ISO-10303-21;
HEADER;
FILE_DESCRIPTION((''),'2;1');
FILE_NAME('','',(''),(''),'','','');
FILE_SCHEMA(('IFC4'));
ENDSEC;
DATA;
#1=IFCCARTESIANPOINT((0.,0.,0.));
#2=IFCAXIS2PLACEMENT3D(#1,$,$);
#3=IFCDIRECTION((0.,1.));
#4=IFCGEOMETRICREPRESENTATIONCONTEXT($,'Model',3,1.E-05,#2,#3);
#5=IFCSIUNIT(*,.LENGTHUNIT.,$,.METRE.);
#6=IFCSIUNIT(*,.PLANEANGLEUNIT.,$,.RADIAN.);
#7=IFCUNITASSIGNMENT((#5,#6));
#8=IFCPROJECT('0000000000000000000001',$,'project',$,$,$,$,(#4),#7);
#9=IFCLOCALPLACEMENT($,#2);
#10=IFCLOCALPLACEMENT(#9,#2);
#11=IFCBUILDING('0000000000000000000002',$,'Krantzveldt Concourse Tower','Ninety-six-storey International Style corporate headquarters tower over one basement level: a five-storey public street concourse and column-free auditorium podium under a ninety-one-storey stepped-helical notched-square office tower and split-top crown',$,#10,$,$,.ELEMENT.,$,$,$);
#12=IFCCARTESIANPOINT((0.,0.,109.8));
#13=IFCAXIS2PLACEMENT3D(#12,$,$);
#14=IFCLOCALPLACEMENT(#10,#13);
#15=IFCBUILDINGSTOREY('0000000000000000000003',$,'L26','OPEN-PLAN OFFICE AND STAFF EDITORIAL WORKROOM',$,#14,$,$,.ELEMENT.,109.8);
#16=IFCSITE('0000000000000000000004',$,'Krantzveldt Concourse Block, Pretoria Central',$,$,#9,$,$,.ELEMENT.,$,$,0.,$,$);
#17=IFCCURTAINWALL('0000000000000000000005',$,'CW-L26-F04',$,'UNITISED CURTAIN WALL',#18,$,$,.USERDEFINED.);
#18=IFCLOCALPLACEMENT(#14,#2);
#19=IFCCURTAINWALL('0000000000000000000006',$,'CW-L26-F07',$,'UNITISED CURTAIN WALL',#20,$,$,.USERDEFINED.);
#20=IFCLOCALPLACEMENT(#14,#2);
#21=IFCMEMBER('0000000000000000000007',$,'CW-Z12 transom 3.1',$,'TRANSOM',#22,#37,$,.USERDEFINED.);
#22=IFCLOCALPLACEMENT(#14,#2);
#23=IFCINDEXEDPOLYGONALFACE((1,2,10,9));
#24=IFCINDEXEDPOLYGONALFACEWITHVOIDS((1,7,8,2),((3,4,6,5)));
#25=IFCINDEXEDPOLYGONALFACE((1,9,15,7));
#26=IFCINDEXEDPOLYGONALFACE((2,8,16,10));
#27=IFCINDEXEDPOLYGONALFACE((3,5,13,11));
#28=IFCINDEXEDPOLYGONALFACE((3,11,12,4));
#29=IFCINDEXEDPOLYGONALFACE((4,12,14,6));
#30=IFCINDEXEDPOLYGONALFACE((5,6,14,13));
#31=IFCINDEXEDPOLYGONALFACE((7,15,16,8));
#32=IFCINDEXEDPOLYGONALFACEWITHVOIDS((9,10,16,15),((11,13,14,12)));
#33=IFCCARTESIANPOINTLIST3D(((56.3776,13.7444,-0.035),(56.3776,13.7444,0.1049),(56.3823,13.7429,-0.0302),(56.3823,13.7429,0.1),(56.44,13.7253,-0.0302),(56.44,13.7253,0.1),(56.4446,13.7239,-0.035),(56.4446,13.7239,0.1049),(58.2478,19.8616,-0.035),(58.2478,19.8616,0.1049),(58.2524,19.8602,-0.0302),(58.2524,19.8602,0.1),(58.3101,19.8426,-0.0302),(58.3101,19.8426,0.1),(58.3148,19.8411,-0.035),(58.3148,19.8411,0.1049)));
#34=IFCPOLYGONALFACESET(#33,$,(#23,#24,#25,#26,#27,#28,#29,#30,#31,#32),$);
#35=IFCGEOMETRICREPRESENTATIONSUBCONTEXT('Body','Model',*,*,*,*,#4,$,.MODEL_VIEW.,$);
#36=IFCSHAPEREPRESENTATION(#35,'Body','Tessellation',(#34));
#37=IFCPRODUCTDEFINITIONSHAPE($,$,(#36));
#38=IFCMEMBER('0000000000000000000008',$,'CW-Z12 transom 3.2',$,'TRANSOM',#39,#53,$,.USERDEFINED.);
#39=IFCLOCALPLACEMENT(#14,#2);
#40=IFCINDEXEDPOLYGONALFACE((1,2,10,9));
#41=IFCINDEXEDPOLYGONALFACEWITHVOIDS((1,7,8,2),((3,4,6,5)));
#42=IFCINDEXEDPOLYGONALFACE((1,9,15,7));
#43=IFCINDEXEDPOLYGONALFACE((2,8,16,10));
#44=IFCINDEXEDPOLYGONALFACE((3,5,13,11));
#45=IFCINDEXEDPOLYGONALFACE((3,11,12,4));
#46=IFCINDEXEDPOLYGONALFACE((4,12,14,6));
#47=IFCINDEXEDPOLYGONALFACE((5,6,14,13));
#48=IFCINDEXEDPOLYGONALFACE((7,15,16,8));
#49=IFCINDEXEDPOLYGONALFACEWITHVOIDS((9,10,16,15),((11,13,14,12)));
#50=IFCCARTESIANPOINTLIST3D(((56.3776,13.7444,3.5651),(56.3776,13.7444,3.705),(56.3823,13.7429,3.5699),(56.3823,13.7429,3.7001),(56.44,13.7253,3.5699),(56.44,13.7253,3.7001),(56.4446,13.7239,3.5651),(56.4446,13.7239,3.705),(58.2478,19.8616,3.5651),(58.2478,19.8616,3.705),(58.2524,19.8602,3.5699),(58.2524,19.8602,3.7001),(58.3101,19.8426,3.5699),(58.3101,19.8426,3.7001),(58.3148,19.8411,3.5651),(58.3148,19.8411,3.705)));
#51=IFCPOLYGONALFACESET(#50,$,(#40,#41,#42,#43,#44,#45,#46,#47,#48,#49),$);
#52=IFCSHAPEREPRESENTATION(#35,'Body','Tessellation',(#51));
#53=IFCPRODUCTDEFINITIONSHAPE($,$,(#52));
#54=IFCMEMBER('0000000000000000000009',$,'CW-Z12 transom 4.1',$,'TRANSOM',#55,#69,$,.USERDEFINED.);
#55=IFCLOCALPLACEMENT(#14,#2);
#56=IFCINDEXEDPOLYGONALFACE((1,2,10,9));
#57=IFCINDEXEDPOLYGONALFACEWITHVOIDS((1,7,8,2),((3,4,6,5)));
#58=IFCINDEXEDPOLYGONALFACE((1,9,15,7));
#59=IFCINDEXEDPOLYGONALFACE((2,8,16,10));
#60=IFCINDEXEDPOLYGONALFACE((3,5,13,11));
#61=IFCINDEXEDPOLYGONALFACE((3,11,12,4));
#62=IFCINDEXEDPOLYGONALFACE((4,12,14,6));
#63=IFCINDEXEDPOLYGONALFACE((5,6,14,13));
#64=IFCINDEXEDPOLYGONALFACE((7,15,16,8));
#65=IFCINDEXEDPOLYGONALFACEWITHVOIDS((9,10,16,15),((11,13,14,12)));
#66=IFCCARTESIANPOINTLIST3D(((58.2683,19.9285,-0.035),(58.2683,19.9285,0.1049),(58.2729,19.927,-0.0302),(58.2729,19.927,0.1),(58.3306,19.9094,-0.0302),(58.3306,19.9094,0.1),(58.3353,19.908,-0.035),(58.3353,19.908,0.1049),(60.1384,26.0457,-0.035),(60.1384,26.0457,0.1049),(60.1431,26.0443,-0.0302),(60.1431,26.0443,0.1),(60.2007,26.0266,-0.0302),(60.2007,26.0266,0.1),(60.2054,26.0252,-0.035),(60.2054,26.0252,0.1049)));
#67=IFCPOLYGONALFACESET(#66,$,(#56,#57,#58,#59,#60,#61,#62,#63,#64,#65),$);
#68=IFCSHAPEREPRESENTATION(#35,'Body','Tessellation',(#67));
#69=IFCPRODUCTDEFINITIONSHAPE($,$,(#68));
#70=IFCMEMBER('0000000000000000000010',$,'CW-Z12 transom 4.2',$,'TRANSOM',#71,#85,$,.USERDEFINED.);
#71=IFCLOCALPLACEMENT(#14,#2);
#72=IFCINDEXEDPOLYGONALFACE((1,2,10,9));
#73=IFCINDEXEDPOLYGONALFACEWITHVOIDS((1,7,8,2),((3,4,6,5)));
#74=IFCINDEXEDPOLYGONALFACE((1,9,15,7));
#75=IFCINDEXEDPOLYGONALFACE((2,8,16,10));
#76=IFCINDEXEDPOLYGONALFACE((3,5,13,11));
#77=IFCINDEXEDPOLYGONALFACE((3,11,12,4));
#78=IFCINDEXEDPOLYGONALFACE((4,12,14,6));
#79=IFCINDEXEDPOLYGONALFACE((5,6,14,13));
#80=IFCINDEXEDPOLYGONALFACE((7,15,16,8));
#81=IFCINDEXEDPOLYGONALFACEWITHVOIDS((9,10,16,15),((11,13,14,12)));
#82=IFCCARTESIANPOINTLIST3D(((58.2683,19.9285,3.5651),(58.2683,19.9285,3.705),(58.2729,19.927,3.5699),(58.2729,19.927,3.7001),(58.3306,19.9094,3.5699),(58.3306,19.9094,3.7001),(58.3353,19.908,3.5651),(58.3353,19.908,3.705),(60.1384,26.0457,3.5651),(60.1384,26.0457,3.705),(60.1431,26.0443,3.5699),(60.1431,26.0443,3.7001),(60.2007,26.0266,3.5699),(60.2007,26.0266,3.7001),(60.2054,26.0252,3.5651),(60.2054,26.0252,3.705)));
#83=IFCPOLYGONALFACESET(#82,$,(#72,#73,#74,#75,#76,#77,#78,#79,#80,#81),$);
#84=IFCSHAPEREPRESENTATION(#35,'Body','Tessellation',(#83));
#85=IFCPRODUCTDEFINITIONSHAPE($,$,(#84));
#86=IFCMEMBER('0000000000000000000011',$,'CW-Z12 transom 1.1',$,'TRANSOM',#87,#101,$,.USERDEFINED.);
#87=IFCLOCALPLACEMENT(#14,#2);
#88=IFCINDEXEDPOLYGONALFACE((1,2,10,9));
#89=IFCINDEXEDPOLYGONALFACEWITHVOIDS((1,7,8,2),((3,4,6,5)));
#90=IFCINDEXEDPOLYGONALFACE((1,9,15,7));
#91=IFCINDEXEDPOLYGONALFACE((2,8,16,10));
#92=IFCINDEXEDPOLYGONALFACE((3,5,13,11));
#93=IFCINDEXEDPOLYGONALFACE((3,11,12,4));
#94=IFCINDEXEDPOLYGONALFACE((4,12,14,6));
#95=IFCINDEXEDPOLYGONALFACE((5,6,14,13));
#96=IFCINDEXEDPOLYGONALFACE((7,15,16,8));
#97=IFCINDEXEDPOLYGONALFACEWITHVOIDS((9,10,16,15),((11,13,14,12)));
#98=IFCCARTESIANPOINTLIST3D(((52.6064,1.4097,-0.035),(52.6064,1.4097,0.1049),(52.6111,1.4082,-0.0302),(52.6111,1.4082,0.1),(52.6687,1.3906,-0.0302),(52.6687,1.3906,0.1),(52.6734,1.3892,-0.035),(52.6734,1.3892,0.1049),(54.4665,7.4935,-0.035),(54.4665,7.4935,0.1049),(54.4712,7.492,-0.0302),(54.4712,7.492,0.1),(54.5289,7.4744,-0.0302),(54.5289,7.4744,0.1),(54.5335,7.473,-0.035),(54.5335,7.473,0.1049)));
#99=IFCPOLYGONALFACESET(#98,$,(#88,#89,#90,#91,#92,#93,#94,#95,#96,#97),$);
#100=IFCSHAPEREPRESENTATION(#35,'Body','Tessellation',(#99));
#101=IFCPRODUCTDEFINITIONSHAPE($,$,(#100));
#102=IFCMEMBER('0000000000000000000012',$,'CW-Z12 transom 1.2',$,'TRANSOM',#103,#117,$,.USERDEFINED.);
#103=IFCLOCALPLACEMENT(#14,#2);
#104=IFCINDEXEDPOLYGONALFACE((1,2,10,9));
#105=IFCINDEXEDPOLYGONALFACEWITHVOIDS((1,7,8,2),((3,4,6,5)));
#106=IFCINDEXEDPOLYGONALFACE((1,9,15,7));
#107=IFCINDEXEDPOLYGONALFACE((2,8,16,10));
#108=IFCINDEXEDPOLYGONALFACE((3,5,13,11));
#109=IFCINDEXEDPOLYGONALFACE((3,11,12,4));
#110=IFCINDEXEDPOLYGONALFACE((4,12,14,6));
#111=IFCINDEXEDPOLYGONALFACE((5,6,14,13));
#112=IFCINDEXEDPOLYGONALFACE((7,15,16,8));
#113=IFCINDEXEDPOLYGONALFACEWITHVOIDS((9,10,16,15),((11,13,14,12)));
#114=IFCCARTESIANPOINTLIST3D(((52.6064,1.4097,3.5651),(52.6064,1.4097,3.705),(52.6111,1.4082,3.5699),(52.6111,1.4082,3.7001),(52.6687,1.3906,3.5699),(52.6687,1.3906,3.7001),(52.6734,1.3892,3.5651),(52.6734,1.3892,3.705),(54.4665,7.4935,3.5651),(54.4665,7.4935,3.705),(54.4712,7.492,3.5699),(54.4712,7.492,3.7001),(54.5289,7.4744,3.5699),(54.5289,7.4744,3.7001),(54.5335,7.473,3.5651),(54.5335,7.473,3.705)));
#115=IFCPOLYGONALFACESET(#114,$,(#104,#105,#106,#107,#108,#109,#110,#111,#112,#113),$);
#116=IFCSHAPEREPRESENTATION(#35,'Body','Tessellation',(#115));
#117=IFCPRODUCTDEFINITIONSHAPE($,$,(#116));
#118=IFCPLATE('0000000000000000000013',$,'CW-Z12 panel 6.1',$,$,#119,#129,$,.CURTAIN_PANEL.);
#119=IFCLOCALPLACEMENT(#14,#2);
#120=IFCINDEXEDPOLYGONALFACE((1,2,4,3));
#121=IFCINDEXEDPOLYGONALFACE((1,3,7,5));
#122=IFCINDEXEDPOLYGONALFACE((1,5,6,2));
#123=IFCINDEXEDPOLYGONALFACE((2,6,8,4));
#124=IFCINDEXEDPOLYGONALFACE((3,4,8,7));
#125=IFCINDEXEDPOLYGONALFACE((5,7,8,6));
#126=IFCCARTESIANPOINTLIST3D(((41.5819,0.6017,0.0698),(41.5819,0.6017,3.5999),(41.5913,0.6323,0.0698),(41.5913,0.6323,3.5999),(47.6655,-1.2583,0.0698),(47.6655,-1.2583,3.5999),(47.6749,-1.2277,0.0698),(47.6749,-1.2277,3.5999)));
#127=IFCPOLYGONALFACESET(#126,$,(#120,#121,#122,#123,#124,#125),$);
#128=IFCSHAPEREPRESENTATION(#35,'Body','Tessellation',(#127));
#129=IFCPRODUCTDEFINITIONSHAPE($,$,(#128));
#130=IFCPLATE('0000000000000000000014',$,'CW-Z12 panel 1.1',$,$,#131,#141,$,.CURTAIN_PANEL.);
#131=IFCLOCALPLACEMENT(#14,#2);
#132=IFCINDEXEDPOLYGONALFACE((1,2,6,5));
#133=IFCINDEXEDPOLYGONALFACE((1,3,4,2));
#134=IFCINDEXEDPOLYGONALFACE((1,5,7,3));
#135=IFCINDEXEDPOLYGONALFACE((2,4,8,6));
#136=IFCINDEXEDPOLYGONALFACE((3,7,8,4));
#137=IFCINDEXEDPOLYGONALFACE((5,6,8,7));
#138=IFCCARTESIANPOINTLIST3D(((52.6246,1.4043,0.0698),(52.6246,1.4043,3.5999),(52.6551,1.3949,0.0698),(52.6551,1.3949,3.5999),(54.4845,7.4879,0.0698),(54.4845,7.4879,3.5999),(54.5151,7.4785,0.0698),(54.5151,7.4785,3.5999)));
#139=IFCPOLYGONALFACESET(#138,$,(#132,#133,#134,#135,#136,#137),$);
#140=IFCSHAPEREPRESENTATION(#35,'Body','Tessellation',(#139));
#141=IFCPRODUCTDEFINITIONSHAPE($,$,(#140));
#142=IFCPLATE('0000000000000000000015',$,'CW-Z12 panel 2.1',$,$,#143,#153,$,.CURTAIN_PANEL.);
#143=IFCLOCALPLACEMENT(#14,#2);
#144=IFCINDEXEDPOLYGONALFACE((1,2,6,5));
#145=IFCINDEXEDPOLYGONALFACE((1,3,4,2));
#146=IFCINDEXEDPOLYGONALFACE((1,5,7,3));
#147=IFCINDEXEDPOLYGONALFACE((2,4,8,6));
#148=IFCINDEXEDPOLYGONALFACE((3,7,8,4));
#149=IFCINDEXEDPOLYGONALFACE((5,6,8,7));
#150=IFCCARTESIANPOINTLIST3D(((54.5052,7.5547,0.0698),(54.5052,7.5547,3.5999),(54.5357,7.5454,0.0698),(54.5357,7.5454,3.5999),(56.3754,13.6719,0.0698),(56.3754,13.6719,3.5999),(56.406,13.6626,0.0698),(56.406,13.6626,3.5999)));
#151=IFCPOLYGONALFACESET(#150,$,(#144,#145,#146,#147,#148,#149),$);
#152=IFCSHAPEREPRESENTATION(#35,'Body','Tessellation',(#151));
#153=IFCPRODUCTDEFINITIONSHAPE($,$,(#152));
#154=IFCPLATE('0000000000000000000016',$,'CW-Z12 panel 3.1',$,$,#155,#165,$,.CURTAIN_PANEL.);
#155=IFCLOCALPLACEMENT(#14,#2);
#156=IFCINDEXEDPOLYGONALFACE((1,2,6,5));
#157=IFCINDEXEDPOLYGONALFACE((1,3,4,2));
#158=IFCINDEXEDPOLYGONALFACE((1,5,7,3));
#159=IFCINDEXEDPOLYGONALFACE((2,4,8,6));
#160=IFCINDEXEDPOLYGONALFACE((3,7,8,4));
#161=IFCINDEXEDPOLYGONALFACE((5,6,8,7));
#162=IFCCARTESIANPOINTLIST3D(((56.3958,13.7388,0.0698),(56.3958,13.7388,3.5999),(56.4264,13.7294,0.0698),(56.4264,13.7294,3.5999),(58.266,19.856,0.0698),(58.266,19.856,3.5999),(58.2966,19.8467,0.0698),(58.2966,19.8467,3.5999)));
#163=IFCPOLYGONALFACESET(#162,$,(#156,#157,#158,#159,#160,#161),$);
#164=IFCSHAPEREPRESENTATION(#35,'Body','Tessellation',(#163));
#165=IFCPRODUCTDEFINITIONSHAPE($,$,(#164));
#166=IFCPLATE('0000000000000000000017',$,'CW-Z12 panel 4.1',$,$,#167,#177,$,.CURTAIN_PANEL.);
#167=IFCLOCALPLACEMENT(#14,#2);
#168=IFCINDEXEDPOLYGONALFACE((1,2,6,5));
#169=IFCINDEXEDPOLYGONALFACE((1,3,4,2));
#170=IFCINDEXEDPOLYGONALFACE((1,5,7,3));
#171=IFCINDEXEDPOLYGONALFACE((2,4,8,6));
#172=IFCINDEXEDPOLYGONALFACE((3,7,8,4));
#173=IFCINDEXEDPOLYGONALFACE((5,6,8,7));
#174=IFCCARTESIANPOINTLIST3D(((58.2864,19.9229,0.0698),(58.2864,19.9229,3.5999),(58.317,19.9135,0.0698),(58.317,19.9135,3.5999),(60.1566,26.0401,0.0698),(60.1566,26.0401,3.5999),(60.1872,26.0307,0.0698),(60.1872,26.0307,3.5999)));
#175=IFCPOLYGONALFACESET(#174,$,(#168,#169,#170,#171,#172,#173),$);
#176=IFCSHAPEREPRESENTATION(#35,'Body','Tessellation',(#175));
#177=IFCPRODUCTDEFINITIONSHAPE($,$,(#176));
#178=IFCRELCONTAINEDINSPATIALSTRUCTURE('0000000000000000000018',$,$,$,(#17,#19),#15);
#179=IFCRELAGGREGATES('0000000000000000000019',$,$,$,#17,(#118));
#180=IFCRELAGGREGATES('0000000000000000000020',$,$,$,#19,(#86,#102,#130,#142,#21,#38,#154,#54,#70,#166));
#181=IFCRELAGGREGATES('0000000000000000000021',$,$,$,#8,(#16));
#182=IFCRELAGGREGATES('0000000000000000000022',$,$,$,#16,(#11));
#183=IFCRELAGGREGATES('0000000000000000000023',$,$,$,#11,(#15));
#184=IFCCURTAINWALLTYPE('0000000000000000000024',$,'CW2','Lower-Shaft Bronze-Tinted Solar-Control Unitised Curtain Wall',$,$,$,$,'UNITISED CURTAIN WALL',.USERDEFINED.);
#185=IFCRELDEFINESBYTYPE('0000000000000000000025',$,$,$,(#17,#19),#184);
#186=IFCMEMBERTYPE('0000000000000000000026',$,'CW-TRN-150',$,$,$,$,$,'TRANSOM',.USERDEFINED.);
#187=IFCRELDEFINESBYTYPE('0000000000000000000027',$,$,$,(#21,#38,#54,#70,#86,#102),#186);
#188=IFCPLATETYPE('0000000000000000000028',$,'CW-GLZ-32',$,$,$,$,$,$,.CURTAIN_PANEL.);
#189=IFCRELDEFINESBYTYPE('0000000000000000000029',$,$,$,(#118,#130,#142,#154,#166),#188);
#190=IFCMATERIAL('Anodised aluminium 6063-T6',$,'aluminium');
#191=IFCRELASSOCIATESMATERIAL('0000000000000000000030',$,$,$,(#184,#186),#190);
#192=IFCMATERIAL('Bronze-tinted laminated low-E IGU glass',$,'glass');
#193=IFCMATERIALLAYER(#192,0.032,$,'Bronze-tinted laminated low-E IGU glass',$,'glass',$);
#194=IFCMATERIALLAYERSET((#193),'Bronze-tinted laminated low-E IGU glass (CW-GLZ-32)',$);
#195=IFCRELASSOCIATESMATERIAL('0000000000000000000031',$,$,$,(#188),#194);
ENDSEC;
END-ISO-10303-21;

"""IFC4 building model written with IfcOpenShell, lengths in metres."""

from ifc_helpers import new_model, si_unit, direction, frame, origin, origin_2d, place, context, subcontext, project, spatial, rectangle, hollow_rectangle, extrude, source, transform, mapped, material, layer, layer_set, material_profile, profile_set, type_object, type_shapes, element, aggregate, save


model = new_model("IFC4")

# Units and contexts
model_context = context("Model", 3, precision=1e-05, world=origin(), true_north=direction((0.0, 1.0)))
body_context = subcontext(model_context, "Body", "Model", "MODEL_VIEW")
ifc_project = project(units=[si_unit("LENGTHUNIT", "METRE"), si_unit("PLANEANGLEUNIT", "RADIAN")], contexts=[model_context])

# Site, building, storey
site_placement = place(None, origin())
site = spatial("IfcSite", under=ifc_project, at=site_placement, Name="Krantzveldt Concourse Block, Pretoria Central", CompositionType="ELEMENT", RefElevation=0.0)
building_placement = place(site_placement, origin())
building = spatial("IfcBuilding", under=site, at=building_placement, Name="Krantzveldt Concourse Tower", Description="Ninety-six-storey International Style corporate headquarters tower over one basement level: a five-storey public street concourse and column-free auditorium podium under a ninety-one-storey stepped-helical notched-square office tower and split-top crown", CompositionType="ELEMENT")
storey_placement = place(building_placement, frame((0.0, 0.0, 109.8)))
storey = spatial("IfcBuildingStorey", under=building, at=storey_placement, Name="L26", Description="OPEN-PLAN OFFICE AND STAFF EDITORIAL WORKROOM", CompositionType="ELEMENT", Elevation=109.8)

# Curtain wall
ifc_material_1 = material(Name="Anodised aluminium 6063-T6", Category="aluminium")
curtain_wall_type = type_object("IfcCurtainWallType", Name="CW2", Description="Lower-Shaft Bronze-Tinted Solar-Control Unitised Curtain Wall", ElementType="UNITISED CURTAIN WALL", PredefinedType="USERDEFINED", material=ifc_material_1)
curtain_wall_1_placement = place(storey_placement, origin())
curtain_wall_1 = element("IfcCurtainWall", 1, at=curtain_wall_1_placement, inside=storey, type_object=curtain_wall_type, Name="CW-L26-F04", ObjectType="UNITISED CURTAIN WALL", PredefinedType="USERDEFINED")

# Curtain wall, members
curtain_wall_2_placement = place(storey_placement, origin())
curtain_wall_2 = element("IfcCurtainWall", 2, at=curtain_wall_2_placement, inside=storey, type_object=curtain_wall_type, Name="CW-L26-F07", ObjectType="UNITISED CURTAIN WALL", PredefinedType="USERDEFINED")
ifc_material_profile_1 = material_profile(ifc_material_1, hollow_rectangle(XDim=0.0701, YDim=0.1399, WallThickness=0.0049, at=origin_2d()), Name="Anodised aluminium 6063-T6", Category="aluminium")
ifc_profile_set_1 = profile_set([ifc_material_profile_1], Name="Anodised aluminium 6063-T6 - ALU-TRAN 140x70x5")
member_type_1 = type_object("IfcMemberType", Name="CW-TRN-150", ElementType="TRANSOM", PredefinedType="USERDEFINED", material=ifc_profile_set_1)
shared_shape_1 = source(origin(), body_context, "Body", "SweptSolid", [
    extrude(hollow_rectangle(XDim=0.0701, YDim=0.1399, WallThickness=0.0049, at=origin_2d()), origin(), (0.0, 0.0, 1.0), 6.3967),
])
member_1_placement = place(storey_placement, frame((56.4111, 13.7341, 0.0349), z_axis=(0.292358, 0.956309, 0.0), x_axis=(-0.956309, 0.292358, 0.0)))
member_1 = element("IfcMember", 3, at=member_1_placement, type_object=member_type_1, Name="CW-Z12 transom 3.1", ObjectType="TRANSOM", PredefinedType="USERDEFINED", context=body_context, shape_type="MappedRepresentation", body=[
    mapped(shared_shape_1, transform((0.0, 0.0, 0.0), x_axis=(1.0, 0.0, 0.0), y_axis=(0.0, 1.0, 0.0), z_axis=(0.0, 0.0, 1.0), scale=1.0)),
])
member_2_placement = place(storey_placement, frame((56.4111, 13.7341, 3.635), z_axis=(0.292358, 0.956309, 0.0), x_axis=(-0.956309, 0.292358, 0.0)))
member_2 = element("IfcMember", 4, at=member_2_placement, type_object=member_type_1, Name="CW-Z12 transom 3.2", ObjectType="TRANSOM", PredefinedType="USERDEFINED", context=body_context, shape_type="MappedRepresentation", body=[
    mapped(shared_shape_1, transform((0.0, 0.0, 0.0), x_axis=(1.0, 0.0, 0.0), y_axis=(0.0, 1.0, 0.0), z_axis=(0.0, 0.0, 1.0), scale=1.0)),
])
member_3_placement = place(storey_placement, frame((58.3018, 19.9182, 0.0349), z_axis=(0.292358, 0.956309, 0.0), x_axis=(-0.956309, 0.292358, 0.0)))
member_3 = element("IfcMember", 5, at=member_3_placement, type_object=member_type_1, Name="CW-Z12 transom 4.1", ObjectType="TRANSOM", PredefinedType="USERDEFINED", context=body_context, shape_type="MappedRepresentation", body=[
    mapped(shared_shape_1, transform((0.0, 0.0, 0.0), x_axis=(1.0, 0.0, 0.0), y_axis=(0.0, 1.0, 0.0), z_axis=(0.0, 0.0, 1.0), scale=1.0)),
])
member_4_placement = place(storey_placement, frame((58.3018, 19.9182, 3.635), z_axis=(0.292358, 0.956309, 0.0), x_axis=(-0.956309, 0.292358, 0.0)))
member_4 = element("IfcMember", 6, at=member_4_placement, type_object=member_type_1, Name="CW-Z12 transom 4.2", ObjectType="TRANSOM", PredefinedType="USERDEFINED", context=body_context, shape_type="MappedRepresentation", body=[
    mapped(shared_shape_1, transform((0.0, 0.0, 0.0), x_axis=(1.0, 0.0, 0.0), y_axis=(0.0, 1.0, 0.0), z_axis=(0.0, 0.0, 1.0), scale=1.0)),
])
shared_shape_2 = source(origin(), body_context, "Body", "SweptSolid", [
    extrude(hollow_rectangle(XDim=0.0701, YDim=0.1399, WallThickness=0.0049, at=origin_2d()), origin(), (0.0, 0.0, 1.0), 6.3618),
])
type_shapes(member_type_1, [shared_shape_1, shared_shape_2])
member_5_placement = place(storey_placement, frame((52.6399, 1.3994, 0.0349), z_axis=(0.292389, 0.956299, 0.0), x_axis=(-0.956299, 0.292389, 0.0)))
member_5 = element("IfcMember", 7, at=member_5_placement, type_object=member_type_1, Name="CW-Z12 transom 1.1", ObjectType="TRANSOM", PredefinedType="USERDEFINED", context=body_context, shape_type="MappedRepresentation", body=[
    mapped(shared_shape_2, transform((0.0, 0.0, 0.0), x_axis=(1.0, 0.0, 0.0), y_axis=(0.0, 1.0, 0.0), z_axis=(0.0, 0.0, 1.0), scale=1.0)),
])
member_6_placement = place(storey_placement, frame((52.6399, 1.3994, 3.635), z_axis=(0.292389, 0.956299, 0.0), x_axis=(-0.956299, 0.292389, 0.0)))
member_6 = element("IfcMember", 8, at=member_6_placement, type_object=member_type_1, Name="CW-Z12 transom 1.2", ObjectType="TRANSOM", PredefinedType="USERDEFINED", context=body_context, shape_type="MappedRepresentation", body=[
    mapped(shared_shape_2, transform((0.0, 0.0, 0.0), x_axis=(1.0, 0.0, 0.0), y_axis=(0.0, 1.0, 0.0), z_axis=(0.0, 0.0, 1.0), scale=1.0)),
])

# Plates
ifc_material_2 = material(Name="Bronze-tinted laminated low-E IGU glass", Category="glass")
ifc_layer_1 = layer(ifc_material_2, 0.032, Name="Bronze-tinted laminated low-E IGU glass", Category="glass")
ifc_layer_set_1 = layer_set([ifc_layer_1], Name="Bronze-tinted laminated low-E IGU glass (CW-GLZ-32)")
plate_type = type_object("IfcPlateType", Name="CW-GLZ-32", PredefinedType="CURTAIN_PANEL", material=ifc_layer_set_1)
shared_shape_3 = source(origin(), body_context, "Body", "SweptSolid", [
    extrude(rectangle(XDim=6.3616, YDim=0.032, at=origin_2d()), origin(), (0.0, 0.0, 1.0), 3.53),
])
plate_1_placement = place(storey_placement, frame((44.6284, -0.313, 0.0698), z_axis=(0.0, 0.0, 1.0), x_axis=(0.956305, -0.292372, 0.0)))
plate_1 = element("IfcPlate", 9, at=plate_1_placement, type_object=plate_type, Name="CW-Z12 panel 6.1", PredefinedType="CURTAIN_PANEL", context=body_context, shape_type="MappedRepresentation", body=[
    mapped(shared_shape_3, transform((0.0, 0.0, 0.0), x_axis=(1.0, 0.0, 0.0), y_axis=(0.0, 1.0, 0.0), z_axis=(0.0, 0.0, 1.0), scale=1.0)),
])
aggregate(curtain_wall_1, [plate_1])
plate_2_placement = place(storey_placement, frame((53.5698, 4.4414, 0.0698), z_axis=(0.0, 0.0, 1.0), x_axis=(0.292372, 0.956305, 0.0)))
plate_2 = element("IfcPlate", 10, at=plate_2_placement, type_object=plate_type, Name="CW-Z12 panel 1.1", PredefinedType="CURTAIN_PANEL", context=body_context, shape_type="MappedRepresentation", body=[
    mapped(shared_shape_3, transform((0.0, 0.0, 0.0), x_axis=(1.0, 0.0, 0.0), y_axis=(0.0, 1.0, 0.0), z_axis=(0.0, 0.0, 1.0), scale=1.0)),
])
shared_shape_4 = source(origin(), body_context, "Body", "SweptSolid", [
    extrude(rectangle(XDim=6.3967, YDim=0.032, at=origin_2d()), origin(), (0.0, 0.0, 1.0), 3.53),
])
type_shapes(plate_type, [shared_shape_3, shared_shape_4])
plate_3_placement = place(storey_placement, frame((55.4556, 10.6086, 0.0698), z_axis=(0.0, 0.0, 1.0), x_axis=(0.292372, 0.956305, 0.0)))
plate_3 = element("IfcPlate", 11, at=plate_3_placement, type_object=plate_type, Name="CW-Z12 panel 2.1", PredefinedType="CURTAIN_PANEL", context=body_context, shape_type="MappedRepresentation", body=[
    mapped(shared_shape_4, transform((0.0, 0.0, 0.0), x_axis=(1.0, 0.0, 0.0), y_axis=(0.0, 1.0, 0.0), z_axis=(0.0, 0.0, 1.0), scale=1.0)),
])
plate_4_placement = place(storey_placement, frame((57.3462, 16.7927, 0.0698), z_axis=(0.0, 0.0, 1.0), x_axis=(0.292372, 0.956305, 0.0)))
plate_4 = element("IfcPlate", 12, at=plate_4_placement, type_object=plate_type, Name="CW-Z12 panel 3.1", PredefinedType="CURTAIN_PANEL", context=body_context, shape_type="MappedRepresentation", body=[
    mapped(shared_shape_4, transform((0.0, 0.0, 0.0), x_axis=(1.0, 0.0, 0.0), y_axis=(0.0, 1.0, 0.0), z_axis=(0.0, 0.0, 1.0), scale=1.0)),
])
plate_5_placement = place(storey_placement, frame((59.2368, 22.9768, 0.0698), z_axis=(0.0, 0.0, 1.0), x_axis=(0.292372, 0.956305, 0.0)))
plate_5 = element("IfcPlate", 13, at=plate_5_placement, type_object=plate_type, Name="CW-Z12 panel 4.1", PredefinedType="CURTAIN_PANEL", context=body_context, shape_type="MappedRepresentation", body=[
    mapped(shared_shape_4, transform((0.0, 0.0, 0.0), x_axis=(1.0, 0.0, 0.0), y_axis=(0.0, 1.0, 0.0), z_axis=(0.0, 0.0, 1.0), scale=1.0)),
])
aggregate(curtain_wall_2, [member_5, member_6, plate_2, plate_3, member_1, member_2, plate_4, member_3, member_4, plate_5])

save(model, "model.ifc")
